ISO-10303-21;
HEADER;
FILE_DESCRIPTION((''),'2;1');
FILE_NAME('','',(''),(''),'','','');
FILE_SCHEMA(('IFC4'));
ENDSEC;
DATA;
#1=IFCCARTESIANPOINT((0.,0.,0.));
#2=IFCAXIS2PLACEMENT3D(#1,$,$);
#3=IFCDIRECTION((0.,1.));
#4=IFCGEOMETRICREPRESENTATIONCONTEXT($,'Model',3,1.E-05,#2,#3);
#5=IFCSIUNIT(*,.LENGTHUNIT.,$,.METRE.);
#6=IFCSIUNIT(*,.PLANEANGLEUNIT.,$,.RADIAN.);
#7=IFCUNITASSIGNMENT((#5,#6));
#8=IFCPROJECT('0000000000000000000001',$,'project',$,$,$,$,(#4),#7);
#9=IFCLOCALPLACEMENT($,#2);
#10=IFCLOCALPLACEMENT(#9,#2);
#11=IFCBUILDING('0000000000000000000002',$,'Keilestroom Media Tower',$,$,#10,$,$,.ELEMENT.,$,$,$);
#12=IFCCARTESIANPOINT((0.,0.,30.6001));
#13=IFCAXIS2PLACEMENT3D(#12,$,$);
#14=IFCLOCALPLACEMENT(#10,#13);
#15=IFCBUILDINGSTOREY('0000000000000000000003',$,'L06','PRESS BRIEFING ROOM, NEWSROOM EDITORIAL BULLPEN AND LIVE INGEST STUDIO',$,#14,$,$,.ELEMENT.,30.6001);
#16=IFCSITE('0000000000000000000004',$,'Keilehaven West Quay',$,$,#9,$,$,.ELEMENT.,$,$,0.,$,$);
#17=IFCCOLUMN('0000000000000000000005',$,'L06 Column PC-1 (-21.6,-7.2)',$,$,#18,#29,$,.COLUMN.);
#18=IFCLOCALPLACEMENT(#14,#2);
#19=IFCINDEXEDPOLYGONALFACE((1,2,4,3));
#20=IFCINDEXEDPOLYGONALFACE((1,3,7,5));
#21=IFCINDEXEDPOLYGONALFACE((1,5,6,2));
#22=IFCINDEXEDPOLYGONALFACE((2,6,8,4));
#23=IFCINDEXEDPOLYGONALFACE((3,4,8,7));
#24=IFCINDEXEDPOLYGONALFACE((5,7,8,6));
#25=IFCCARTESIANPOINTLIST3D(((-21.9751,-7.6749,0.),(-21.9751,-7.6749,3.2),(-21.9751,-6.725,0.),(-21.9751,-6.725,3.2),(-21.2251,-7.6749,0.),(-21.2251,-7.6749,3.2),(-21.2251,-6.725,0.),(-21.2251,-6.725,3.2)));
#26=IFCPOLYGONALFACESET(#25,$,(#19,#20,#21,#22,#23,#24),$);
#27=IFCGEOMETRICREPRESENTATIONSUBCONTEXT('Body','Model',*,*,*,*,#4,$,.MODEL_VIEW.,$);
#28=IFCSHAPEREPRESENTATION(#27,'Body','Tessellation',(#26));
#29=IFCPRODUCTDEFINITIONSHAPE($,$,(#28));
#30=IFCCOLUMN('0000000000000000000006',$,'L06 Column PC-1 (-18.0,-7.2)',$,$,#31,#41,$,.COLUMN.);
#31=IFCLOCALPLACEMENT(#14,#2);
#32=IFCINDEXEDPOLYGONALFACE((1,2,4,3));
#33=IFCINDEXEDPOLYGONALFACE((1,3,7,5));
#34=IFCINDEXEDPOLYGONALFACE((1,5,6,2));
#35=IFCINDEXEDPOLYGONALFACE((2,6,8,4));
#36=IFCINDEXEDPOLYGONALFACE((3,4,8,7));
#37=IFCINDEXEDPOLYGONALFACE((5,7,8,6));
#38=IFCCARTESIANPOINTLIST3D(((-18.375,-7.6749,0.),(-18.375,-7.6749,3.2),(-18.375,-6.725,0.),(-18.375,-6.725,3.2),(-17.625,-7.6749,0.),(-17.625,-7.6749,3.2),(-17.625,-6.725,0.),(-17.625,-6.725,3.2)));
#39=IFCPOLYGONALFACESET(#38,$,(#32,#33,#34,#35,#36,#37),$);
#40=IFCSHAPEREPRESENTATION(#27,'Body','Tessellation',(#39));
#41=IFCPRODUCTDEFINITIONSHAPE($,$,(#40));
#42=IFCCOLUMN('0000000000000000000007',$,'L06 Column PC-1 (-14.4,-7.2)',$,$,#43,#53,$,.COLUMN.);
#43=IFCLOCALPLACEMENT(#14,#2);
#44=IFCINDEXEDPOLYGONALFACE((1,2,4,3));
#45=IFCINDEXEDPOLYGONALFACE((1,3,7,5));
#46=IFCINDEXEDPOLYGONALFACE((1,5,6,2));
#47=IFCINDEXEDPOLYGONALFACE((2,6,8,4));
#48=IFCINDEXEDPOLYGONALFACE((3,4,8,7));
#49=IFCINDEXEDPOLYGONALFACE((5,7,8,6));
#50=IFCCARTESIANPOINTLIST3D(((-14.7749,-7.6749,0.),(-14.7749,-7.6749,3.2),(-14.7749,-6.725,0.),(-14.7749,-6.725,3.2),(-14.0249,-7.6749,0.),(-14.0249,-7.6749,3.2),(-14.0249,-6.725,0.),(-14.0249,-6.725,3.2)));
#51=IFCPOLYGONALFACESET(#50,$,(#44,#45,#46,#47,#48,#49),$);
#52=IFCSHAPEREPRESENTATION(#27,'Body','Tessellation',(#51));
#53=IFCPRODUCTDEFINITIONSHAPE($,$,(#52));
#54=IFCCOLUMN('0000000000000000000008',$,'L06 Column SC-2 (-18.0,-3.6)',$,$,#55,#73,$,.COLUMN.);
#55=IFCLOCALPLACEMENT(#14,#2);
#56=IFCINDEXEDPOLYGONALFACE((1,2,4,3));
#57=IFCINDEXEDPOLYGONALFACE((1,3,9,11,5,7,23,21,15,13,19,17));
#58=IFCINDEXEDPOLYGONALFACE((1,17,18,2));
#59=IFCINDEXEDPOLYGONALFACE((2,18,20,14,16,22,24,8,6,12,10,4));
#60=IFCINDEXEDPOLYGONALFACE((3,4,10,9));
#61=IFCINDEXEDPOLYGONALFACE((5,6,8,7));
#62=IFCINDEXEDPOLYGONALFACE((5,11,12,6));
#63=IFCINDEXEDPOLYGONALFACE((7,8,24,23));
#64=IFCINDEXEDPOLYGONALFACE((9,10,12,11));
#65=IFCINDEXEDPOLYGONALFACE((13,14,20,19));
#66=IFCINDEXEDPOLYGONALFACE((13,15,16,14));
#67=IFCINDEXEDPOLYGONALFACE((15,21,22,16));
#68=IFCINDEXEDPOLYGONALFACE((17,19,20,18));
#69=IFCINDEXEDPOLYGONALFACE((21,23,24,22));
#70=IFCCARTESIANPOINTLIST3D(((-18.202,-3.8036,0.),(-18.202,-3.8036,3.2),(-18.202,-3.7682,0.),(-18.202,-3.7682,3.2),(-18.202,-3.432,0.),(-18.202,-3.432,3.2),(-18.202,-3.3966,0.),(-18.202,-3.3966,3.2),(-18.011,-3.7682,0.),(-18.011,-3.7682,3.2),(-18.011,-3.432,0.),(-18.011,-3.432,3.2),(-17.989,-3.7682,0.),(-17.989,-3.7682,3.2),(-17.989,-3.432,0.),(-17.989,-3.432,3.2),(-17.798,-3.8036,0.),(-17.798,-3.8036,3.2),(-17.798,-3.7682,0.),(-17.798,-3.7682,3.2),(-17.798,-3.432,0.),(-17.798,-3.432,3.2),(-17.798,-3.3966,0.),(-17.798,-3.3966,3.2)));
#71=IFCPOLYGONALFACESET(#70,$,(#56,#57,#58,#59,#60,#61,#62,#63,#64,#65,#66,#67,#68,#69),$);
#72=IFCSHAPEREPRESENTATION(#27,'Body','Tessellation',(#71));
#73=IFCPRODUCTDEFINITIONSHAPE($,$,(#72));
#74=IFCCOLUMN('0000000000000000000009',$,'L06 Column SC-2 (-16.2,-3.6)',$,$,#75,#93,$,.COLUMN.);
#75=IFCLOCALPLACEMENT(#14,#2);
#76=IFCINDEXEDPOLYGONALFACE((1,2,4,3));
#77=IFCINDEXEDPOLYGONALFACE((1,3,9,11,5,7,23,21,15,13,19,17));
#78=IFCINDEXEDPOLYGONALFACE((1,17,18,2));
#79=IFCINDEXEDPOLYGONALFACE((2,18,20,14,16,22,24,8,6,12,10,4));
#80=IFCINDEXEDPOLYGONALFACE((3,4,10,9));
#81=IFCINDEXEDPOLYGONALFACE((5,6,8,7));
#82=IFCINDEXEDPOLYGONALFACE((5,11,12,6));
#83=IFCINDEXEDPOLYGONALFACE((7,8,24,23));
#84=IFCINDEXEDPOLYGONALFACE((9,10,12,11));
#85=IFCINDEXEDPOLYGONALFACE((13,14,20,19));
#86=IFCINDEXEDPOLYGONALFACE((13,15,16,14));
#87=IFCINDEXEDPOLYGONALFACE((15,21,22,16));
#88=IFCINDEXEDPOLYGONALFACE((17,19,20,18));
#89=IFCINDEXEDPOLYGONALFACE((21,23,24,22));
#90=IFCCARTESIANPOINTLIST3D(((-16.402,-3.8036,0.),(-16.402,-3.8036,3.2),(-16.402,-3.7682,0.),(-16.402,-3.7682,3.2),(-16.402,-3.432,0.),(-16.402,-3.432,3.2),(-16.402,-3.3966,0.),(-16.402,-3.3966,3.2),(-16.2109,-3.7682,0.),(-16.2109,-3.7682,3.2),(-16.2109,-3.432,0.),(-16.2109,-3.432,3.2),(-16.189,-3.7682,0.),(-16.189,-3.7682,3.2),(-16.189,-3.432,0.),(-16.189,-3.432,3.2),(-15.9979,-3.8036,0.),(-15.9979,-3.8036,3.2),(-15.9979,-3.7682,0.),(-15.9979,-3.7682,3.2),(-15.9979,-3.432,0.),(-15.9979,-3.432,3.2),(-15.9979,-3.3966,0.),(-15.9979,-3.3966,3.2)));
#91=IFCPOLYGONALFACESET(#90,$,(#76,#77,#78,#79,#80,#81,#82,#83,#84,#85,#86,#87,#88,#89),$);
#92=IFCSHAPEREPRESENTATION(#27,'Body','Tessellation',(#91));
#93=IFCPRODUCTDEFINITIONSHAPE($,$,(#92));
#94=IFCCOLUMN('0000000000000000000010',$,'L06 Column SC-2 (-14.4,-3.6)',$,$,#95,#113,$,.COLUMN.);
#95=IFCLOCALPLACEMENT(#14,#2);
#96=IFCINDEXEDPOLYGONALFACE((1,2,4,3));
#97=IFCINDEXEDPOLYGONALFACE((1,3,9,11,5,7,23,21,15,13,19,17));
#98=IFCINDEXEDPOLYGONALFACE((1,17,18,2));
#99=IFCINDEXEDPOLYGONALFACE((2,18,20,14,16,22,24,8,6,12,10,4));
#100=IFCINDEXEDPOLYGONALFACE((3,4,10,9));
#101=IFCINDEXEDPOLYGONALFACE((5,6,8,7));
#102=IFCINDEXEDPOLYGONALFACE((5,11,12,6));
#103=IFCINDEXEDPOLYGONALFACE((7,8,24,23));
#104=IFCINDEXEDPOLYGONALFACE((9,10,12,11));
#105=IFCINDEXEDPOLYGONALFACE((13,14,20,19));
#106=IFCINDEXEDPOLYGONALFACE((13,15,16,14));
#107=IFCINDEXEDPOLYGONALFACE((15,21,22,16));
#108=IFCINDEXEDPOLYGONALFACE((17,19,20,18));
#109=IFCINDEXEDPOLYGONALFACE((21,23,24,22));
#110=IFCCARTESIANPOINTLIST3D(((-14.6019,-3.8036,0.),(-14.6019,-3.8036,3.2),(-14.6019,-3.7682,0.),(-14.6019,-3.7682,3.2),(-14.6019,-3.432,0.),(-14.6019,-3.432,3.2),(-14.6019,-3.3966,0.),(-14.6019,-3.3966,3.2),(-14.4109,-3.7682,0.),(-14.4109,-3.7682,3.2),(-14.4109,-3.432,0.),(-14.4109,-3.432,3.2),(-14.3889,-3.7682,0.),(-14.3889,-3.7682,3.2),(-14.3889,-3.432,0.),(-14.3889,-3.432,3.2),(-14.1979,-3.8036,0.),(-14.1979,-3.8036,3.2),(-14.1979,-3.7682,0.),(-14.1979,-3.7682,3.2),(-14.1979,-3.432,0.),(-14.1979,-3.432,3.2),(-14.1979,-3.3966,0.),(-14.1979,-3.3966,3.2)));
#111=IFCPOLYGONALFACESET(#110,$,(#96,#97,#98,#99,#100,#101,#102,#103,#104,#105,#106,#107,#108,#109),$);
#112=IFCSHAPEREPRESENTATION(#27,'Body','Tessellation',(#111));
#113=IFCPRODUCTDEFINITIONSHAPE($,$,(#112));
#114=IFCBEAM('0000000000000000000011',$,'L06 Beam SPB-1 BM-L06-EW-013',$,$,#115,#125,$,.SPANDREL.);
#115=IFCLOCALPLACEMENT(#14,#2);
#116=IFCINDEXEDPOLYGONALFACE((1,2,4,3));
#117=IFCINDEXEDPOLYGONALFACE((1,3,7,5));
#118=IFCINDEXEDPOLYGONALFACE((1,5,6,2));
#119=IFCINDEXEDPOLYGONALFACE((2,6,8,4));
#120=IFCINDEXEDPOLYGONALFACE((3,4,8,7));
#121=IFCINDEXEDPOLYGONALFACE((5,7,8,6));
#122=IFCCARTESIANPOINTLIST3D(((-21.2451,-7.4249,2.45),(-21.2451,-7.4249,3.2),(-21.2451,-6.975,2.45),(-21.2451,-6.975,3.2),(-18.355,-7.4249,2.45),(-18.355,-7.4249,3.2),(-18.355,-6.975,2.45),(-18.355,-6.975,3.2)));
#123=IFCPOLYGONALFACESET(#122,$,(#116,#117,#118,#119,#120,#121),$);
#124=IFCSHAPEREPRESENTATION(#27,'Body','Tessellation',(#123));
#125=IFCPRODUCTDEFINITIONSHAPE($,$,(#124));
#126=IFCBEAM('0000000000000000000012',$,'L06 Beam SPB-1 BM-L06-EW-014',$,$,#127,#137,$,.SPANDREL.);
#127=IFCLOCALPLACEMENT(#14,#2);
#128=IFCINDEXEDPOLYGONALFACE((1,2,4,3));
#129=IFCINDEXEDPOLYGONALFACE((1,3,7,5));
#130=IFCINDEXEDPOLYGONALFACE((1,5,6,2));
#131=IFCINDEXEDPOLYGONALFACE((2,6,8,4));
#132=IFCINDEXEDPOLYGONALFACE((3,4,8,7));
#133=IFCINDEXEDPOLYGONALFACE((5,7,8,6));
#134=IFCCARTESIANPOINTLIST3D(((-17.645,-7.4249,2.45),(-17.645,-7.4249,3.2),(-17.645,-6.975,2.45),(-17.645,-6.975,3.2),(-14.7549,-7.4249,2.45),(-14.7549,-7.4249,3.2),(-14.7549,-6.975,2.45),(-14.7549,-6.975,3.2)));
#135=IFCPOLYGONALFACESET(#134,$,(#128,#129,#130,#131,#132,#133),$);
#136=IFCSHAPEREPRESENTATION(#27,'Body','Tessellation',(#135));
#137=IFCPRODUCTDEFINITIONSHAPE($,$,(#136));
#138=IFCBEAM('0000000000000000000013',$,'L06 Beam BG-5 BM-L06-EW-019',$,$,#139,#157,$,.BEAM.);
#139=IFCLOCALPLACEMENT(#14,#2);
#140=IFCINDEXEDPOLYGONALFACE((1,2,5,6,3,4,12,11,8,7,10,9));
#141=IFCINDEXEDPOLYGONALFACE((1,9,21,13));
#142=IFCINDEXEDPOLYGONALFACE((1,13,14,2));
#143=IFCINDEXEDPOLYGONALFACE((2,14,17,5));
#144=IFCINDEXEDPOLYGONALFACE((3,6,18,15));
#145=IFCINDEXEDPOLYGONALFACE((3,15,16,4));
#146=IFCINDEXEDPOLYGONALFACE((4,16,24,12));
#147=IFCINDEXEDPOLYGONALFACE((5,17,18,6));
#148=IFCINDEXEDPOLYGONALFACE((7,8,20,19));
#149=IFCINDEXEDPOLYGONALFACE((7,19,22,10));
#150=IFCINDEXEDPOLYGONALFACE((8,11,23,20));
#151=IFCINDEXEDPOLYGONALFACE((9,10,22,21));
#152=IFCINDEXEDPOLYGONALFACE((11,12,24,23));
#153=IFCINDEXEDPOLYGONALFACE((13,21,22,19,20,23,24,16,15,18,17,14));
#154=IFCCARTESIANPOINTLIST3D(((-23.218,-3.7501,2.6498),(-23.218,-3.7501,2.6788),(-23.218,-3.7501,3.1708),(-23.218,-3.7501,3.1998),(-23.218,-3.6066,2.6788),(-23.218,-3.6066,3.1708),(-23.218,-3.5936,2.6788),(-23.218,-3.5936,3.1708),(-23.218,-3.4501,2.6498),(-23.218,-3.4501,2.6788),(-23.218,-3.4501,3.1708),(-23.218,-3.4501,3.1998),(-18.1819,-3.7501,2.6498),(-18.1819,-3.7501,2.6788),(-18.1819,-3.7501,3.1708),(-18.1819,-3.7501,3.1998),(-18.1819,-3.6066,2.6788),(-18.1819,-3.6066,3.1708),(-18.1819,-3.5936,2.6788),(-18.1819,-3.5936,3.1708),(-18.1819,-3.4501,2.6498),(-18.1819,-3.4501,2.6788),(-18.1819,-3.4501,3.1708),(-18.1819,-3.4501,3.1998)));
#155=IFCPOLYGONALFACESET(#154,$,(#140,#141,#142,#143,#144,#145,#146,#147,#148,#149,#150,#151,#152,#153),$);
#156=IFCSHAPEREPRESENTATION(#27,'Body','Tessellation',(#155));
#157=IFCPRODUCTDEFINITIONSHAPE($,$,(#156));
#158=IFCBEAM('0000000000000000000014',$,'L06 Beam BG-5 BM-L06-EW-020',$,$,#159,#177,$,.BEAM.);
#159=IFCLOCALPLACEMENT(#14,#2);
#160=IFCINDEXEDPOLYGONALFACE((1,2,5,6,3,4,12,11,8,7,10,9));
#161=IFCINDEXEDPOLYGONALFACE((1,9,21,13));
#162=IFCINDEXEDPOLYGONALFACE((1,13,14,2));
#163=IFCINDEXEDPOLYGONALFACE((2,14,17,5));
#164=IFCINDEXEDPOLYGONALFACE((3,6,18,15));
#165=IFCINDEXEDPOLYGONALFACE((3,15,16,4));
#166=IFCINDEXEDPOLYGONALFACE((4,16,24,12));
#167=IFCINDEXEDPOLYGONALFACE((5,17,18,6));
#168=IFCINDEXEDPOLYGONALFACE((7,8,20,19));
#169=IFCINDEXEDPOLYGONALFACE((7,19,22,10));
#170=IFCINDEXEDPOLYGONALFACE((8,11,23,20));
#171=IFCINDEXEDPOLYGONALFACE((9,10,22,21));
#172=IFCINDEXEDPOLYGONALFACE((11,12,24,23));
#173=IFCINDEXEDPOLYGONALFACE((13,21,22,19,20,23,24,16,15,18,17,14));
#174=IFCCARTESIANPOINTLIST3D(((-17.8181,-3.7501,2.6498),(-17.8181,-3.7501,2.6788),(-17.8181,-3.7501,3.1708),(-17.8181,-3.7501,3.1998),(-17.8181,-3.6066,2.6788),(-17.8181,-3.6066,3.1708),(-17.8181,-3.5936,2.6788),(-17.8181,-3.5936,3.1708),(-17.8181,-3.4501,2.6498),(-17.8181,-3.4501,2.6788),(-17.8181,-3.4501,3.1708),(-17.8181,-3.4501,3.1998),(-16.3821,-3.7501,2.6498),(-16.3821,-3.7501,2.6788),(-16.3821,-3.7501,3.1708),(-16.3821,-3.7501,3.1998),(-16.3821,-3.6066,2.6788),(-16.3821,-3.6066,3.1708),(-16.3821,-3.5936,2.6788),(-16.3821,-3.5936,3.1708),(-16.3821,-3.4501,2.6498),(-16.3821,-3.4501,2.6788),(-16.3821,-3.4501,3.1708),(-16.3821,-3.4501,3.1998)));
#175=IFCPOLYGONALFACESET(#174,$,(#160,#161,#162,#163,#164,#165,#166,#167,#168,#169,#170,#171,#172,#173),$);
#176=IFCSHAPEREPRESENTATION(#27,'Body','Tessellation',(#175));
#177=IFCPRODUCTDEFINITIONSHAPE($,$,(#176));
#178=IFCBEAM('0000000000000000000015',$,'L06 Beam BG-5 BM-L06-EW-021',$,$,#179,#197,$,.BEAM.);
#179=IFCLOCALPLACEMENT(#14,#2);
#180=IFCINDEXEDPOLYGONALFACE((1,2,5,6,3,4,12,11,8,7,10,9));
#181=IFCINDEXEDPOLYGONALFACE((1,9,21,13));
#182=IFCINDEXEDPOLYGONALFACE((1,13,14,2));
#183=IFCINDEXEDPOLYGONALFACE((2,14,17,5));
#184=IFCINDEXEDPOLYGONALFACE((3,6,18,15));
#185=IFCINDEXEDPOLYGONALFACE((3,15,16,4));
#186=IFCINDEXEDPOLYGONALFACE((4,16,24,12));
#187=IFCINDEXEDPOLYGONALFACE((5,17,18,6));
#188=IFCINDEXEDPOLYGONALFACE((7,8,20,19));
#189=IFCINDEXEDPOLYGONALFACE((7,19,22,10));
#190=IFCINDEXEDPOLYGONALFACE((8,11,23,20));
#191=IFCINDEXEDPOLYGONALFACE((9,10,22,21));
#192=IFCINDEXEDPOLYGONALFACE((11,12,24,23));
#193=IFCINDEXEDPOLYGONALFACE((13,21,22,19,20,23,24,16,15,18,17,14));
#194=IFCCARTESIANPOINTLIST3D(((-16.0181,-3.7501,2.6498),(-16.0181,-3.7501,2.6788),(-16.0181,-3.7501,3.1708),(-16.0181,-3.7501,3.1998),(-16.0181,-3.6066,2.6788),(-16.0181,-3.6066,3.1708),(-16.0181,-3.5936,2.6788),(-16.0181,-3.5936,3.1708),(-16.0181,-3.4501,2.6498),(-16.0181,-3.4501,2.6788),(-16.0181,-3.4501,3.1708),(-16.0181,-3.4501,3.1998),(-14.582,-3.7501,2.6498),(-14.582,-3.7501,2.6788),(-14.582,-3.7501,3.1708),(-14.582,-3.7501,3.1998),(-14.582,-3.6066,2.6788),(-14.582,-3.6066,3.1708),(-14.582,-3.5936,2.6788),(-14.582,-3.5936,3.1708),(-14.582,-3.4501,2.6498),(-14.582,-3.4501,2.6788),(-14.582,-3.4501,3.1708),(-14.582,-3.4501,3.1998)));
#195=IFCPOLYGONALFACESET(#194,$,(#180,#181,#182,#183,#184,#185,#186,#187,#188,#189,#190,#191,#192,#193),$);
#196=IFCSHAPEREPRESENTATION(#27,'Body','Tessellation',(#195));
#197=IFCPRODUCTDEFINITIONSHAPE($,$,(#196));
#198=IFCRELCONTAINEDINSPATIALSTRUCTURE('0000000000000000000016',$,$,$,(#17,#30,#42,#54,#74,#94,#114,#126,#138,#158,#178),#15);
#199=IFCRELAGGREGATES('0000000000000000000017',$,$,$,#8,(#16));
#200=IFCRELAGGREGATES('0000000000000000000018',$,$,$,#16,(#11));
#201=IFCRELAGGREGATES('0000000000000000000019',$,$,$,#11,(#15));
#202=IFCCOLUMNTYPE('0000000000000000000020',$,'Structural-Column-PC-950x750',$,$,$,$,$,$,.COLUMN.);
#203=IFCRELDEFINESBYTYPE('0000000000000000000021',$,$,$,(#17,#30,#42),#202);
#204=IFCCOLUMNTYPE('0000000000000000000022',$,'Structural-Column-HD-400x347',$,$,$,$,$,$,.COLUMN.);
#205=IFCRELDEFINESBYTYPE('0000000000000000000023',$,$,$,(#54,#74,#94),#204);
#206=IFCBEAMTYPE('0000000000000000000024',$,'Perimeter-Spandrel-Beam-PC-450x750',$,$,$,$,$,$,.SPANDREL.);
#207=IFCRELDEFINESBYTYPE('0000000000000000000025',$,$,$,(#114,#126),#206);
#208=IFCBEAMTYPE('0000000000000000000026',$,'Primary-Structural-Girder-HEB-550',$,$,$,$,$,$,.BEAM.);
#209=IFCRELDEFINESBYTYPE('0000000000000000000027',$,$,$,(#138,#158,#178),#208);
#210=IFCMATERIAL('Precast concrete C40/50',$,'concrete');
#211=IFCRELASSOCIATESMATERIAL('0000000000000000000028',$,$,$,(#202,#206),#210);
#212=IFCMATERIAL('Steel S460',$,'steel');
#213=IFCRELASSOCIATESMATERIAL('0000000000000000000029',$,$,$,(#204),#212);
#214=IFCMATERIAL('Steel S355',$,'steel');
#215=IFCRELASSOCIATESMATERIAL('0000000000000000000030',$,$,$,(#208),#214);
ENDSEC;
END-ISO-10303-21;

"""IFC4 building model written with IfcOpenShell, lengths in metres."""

from ifc_helpers import new_model, si_unit, direction, frame, origin, origin_2d, place, context, subcontext, project, spatial, rectangle, i_section, extrude, source, transform, mapped, material, material_profile, profile_set, type_object, element, save


model = new_model("IFC4")

# Units and contexts
model_context = context("Model", 3, precision=1e-05, world=origin(), true_north=direction((0.0, 1.0)))
body_context = subcontext(model_context, "Body", "Model", "MODEL_VIEW")
ifc_project = project(units=[si_unit("LENGTHUNIT", "METRE"), si_unit("PLANEANGLEUNIT", "RADIAN")], contexts=[model_context])

# Site, building, storey
site_placement = place(None, origin())
site = spatial("IfcSite", under=ifc_project, at=site_placement, Name="Keilehaven West Quay", CompositionType="ELEMENT", RefElevation=0.0)
building_placement = place(site_placement, origin())
building = spatial("IfcBuilding", under=site, at=building_placement, Name="Keilestroom Media Tower", CompositionType="ELEMENT")
storey_placement = place(building_placement, frame((0.0, 0.0, 30.6001)))
storey = spatial("IfcBuildingStorey", under=building, at=storey_placement, Name="L06", Description="PRESS BRIEFING ROOM, NEWSROOM EDITORIAL BULLPEN AND LIVE INGEST STUDIO", CompositionType="ELEMENT", Elevation=30.6001)

# Columns
ifc_material_1 = material(Name="Precast concrete C40/50", Category="concrete")
ifc_material_profile_1 = material_profile(ifc_material_1, rectangle(XDim=0.75, YDim=0.95, at=origin_2d()), Name="PC 950x750")
ifc_profile_set_1 = profile_set([ifc_material_profile_1], Name="Precast concrete C40/50")
column_type_1 = type_object("IfcColumnType", Name="Structural-Column-PC-950x750", PredefinedType="COLUMN", material=ifc_profile_set_1)
shared_shape_1 = source(origin(), body_context, "Body", "SweptSolid", [
    extrude(rectangle(XDim=0.75, YDim=0.95, at=origin_2d()), origin(), (0.0, 0.0, 1.0), 3.2),
])
for number, where, z_axis, x_axis, name in (
    (1, (-21.6001, -7.2, 0.0), (0.0, 0.0, 1.0), (1.0, 0.0, 0.0), "L06 Column PC-1 (-21.6,-7.2)"),
    (2, (-18.0, -7.2, 0.0), (0.0, 0.0, 1.0), (1.0, 0.0, 0.0), "L06 Column PC-1 (-18.0,-7.2)"),
    (3, (-14.3999, -7.2, 0.0), (0.0, 0.0, 1.0), (1.0, 0.0, 0.0), "L06 Column PC-1 (-14.4,-7.2)"),
):
    element("IfcColumn", number, at=place(storey_placement, frame(where, z_axis=z_axis, x_axis=x_axis)), inside=storey, type_object=column_type_1, Name=name, PredefinedType="COLUMN", context=body_context, shape_type="MappedRepresentation", body=[
        mapped(shared_shape_1, transform((0.0, 0.0, 0.0), x_axis=(1.0, 0.0, 0.0), y_axis=(0.0, 1.0, 0.0), z_axis=(0.0, 0.0, 1.0), scale=1.0)),
    ])
ifc_material_2 = material(Name="Steel S460", Category="steel")
ifc_material_profile_2 = material_profile(ifc_material_2, i_section(OverallWidth=0.4041, OverallDepth=0.407, WebThickness=0.022, FlangeThickness=0.0354, at=origin_2d()), Name="HD 400x347")
ifc_profile_set_2 = profile_set([ifc_material_profile_2], Name="Steel S460")
column_type_2 = type_object("IfcColumnType", Name="Structural-Column-HD-400x347", PredefinedType="COLUMN", material=ifc_profile_set_2)
shared_shape_2 = source(origin(), body_context, "Body", "SweptSolid", [
    extrude(i_section(OverallWidth=0.4041, OverallDepth=0.407, WebThickness=0.022, FlangeThickness=0.0354, at=origin_2d()), origin(), (0.0, 0.0, 1.0), 3.2),
])
for number, where, z_axis, x_axis, name in (
    (4, (-18.0, -3.6001, 0.0), (0.0, 0.0, 1.0), (1.0, 0.0, 0.0), "L06 Column SC-2 (-18.0,-3.6)"),
    (5, (-16.2, -3.6001, 0.0), (0.0, 0.0, 1.0), (1.0, 0.0, 0.0), "L06 Column SC-2 (-16.2,-3.6)"),
    (6, (-14.3999, -3.6001, 0.0), (0.0, 0.0, 1.0), (1.0, 0.0, 0.0), "L06 Column SC-2 (-14.4,-3.6)"),
):
    element("IfcColumn", number, at=place(storey_placement, frame(where, z_axis=z_axis, x_axis=x_axis)), inside=storey, type_object=column_type_2, Name=name, PredefinedType="COLUMN", context=body_context, shape_type="MappedRepresentation", body=[
        mapped(shared_shape_2, transform((0.0, 0.0, 0.0), x_axis=(1.0, 0.0, 0.0), y_axis=(0.0, 1.0, 0.0), z_axis=(0.0, 0.0, 1.0), scale=1.0)),
    ])

# Beams
ifc_material_profile_3 = material_profile(ifc_material_1, rectangle(XDim=0.45, YDim=0.75, at=origin_2d()), Name="PC 450x750")
ifc_profile_set_3 = profile_set([ifc_material_profile_3], Name="Precast concrete C40/50")
beam_type_1 = type_object("IfcBeamType", Name="Perimeter-Spandrel-Beam-PC-450x750", PredefinedType="SPANDREL", material=ifc_profile_set_3)
shared_shape_3 = source(origin(), body_context, "Body", "SweptSolid", [
    extrude(rectangle(XDim=0.45, YDim=0.75, at=origin_2d()), origin(), (0.0, 0.0, 1.0), 2.8901),
])
for number, where, z_axis, x_axis, name in (
    (7, (-21.2451, -7.2, 2.825), (1.0, 0.0, 0.0), (0.0, 1.0, 0.0), "L06 Beam SPB-1 BM-L06-EW-013"),
    (8, (-17.645, -7.2, 2.825), (1.0, 0.0, 0.0), (0.0, 1.0, 0.0), "L06 Beam SPB-1 BM-L06-EW-014"),
):
    element("IfcBeam", number, at=place(storey_placement, frame(where, z_axis=z_axis, x_axis=x_axis)), inside=storey, type_object=beam_type_1, Name=name, PredefinedType="SPANDREL", context=body_context, shape_type="MappedRepresentation", body=[
        mapped(shared_shape_3, transform((0.0, 0.0, 0.0), x_axis=(1.0, 0.0, 0.0), y_axis=(0.0, 1.0, 0.0), z_axis=(0.0, 0.0, 1.0), scale=1.0)),
    ])
ifc_material_3 = material(Name="Steel S355", Category="steel")
ifc_material_profile_4 = material_profile(ifc_material_3, i_section(OverallWidth=0.3, OverallDepth=0.55, WebThickness=0.0129, FlangeThickness=0.0291, at=origin_2d()), Name="HEB 550")
ifc_profile_set_4 = profile_set([ifc_material_profile_4], Name="Steel S355")
beam_type_2 = type_object("IfcBeamType", Name="Primary-Structural-Girder-HEB-550", PredefinedType="BEAM", material=ifc_profile_set_4)
shared_shape_4 = source(origin(), body_context, "Body", "SweptSolid", [
    extrude(i_section(OverallWidth=0.3, OverallDepth=0.55, WebThickness=0.0129, FlangeThickness=0.0291, at=origin_2d()), origin(), (0.0, 0.0, 1.0), 5.0361),
])
beam_1_placement = place(storey_placement, frame((-23.218, -3.6001, 2.9248), z_axis=(1.0, 0.0, 0.0), x_axis=(0.0, 1.0, 0.0)))
element("IfcBeam", 9, at=beam_1_placement, inside=storey, type_object=beam_type_2, Name="L06 Beam BG-5 BM-L06-EW-019", PredefinedType="BEAM", context=body_context, shape_type="MappedRepresentation", body=[
    mapped(shared_shape_4, transform((0.0, 0.0, 0.0), x_axis=(1.0, 0.0, 0.0), y_axis=(0.0, 1.0, 0.0), z_axis=(0.0, 0.0, 1.0), scale=1.0)),
])
shared_shape_5 = source(origin(), body_context, "Body", "SweptSolid", [
    extrude(i_section(OverallWidth=0.3, OverallDepth=0.55, WebThickness=0.0129, FlangeThickness=0.0291, at=origin_2d()), origin(), (0.0, 0.0, 1.0), 1.436),
])
for number, where, z_axis, x_axis, name in (
    (10, (-17.8181, -3.6001, 2.9248), (1.0, 0.0, 0.0), (0.0, 1.0, 0.0), "L06 Beam BG-5 BM-L06-EW-020"),
    (11, (-16.0181, -3.6001, 2.9248), (1.0, 0.0, 0.0), (0.0, 1.0, 0.0), "L06 Beam BG-5 BM-L06-EW-021"),
):
    element("IfcBeam", number, at=place(storey_placement, frame(where, z_axis=z_axis, x_axis=x_axis)), inside=storey, type_object=beam_type_2, Name=name, PredefinedType="BEAM", context=body_context, shape_type="MappedRepresentation", body=[
        mapped(shared_shape_5, transform((0.0, 0.0, 0.0), x_axis=(1.0, 0.0, 0.0), y_axis=(0.0, 1.0, 0.0), z_axis=(0.0, 0.0, 1.0), scale=1.0)),
    ])

save(model, "model.ifc")
